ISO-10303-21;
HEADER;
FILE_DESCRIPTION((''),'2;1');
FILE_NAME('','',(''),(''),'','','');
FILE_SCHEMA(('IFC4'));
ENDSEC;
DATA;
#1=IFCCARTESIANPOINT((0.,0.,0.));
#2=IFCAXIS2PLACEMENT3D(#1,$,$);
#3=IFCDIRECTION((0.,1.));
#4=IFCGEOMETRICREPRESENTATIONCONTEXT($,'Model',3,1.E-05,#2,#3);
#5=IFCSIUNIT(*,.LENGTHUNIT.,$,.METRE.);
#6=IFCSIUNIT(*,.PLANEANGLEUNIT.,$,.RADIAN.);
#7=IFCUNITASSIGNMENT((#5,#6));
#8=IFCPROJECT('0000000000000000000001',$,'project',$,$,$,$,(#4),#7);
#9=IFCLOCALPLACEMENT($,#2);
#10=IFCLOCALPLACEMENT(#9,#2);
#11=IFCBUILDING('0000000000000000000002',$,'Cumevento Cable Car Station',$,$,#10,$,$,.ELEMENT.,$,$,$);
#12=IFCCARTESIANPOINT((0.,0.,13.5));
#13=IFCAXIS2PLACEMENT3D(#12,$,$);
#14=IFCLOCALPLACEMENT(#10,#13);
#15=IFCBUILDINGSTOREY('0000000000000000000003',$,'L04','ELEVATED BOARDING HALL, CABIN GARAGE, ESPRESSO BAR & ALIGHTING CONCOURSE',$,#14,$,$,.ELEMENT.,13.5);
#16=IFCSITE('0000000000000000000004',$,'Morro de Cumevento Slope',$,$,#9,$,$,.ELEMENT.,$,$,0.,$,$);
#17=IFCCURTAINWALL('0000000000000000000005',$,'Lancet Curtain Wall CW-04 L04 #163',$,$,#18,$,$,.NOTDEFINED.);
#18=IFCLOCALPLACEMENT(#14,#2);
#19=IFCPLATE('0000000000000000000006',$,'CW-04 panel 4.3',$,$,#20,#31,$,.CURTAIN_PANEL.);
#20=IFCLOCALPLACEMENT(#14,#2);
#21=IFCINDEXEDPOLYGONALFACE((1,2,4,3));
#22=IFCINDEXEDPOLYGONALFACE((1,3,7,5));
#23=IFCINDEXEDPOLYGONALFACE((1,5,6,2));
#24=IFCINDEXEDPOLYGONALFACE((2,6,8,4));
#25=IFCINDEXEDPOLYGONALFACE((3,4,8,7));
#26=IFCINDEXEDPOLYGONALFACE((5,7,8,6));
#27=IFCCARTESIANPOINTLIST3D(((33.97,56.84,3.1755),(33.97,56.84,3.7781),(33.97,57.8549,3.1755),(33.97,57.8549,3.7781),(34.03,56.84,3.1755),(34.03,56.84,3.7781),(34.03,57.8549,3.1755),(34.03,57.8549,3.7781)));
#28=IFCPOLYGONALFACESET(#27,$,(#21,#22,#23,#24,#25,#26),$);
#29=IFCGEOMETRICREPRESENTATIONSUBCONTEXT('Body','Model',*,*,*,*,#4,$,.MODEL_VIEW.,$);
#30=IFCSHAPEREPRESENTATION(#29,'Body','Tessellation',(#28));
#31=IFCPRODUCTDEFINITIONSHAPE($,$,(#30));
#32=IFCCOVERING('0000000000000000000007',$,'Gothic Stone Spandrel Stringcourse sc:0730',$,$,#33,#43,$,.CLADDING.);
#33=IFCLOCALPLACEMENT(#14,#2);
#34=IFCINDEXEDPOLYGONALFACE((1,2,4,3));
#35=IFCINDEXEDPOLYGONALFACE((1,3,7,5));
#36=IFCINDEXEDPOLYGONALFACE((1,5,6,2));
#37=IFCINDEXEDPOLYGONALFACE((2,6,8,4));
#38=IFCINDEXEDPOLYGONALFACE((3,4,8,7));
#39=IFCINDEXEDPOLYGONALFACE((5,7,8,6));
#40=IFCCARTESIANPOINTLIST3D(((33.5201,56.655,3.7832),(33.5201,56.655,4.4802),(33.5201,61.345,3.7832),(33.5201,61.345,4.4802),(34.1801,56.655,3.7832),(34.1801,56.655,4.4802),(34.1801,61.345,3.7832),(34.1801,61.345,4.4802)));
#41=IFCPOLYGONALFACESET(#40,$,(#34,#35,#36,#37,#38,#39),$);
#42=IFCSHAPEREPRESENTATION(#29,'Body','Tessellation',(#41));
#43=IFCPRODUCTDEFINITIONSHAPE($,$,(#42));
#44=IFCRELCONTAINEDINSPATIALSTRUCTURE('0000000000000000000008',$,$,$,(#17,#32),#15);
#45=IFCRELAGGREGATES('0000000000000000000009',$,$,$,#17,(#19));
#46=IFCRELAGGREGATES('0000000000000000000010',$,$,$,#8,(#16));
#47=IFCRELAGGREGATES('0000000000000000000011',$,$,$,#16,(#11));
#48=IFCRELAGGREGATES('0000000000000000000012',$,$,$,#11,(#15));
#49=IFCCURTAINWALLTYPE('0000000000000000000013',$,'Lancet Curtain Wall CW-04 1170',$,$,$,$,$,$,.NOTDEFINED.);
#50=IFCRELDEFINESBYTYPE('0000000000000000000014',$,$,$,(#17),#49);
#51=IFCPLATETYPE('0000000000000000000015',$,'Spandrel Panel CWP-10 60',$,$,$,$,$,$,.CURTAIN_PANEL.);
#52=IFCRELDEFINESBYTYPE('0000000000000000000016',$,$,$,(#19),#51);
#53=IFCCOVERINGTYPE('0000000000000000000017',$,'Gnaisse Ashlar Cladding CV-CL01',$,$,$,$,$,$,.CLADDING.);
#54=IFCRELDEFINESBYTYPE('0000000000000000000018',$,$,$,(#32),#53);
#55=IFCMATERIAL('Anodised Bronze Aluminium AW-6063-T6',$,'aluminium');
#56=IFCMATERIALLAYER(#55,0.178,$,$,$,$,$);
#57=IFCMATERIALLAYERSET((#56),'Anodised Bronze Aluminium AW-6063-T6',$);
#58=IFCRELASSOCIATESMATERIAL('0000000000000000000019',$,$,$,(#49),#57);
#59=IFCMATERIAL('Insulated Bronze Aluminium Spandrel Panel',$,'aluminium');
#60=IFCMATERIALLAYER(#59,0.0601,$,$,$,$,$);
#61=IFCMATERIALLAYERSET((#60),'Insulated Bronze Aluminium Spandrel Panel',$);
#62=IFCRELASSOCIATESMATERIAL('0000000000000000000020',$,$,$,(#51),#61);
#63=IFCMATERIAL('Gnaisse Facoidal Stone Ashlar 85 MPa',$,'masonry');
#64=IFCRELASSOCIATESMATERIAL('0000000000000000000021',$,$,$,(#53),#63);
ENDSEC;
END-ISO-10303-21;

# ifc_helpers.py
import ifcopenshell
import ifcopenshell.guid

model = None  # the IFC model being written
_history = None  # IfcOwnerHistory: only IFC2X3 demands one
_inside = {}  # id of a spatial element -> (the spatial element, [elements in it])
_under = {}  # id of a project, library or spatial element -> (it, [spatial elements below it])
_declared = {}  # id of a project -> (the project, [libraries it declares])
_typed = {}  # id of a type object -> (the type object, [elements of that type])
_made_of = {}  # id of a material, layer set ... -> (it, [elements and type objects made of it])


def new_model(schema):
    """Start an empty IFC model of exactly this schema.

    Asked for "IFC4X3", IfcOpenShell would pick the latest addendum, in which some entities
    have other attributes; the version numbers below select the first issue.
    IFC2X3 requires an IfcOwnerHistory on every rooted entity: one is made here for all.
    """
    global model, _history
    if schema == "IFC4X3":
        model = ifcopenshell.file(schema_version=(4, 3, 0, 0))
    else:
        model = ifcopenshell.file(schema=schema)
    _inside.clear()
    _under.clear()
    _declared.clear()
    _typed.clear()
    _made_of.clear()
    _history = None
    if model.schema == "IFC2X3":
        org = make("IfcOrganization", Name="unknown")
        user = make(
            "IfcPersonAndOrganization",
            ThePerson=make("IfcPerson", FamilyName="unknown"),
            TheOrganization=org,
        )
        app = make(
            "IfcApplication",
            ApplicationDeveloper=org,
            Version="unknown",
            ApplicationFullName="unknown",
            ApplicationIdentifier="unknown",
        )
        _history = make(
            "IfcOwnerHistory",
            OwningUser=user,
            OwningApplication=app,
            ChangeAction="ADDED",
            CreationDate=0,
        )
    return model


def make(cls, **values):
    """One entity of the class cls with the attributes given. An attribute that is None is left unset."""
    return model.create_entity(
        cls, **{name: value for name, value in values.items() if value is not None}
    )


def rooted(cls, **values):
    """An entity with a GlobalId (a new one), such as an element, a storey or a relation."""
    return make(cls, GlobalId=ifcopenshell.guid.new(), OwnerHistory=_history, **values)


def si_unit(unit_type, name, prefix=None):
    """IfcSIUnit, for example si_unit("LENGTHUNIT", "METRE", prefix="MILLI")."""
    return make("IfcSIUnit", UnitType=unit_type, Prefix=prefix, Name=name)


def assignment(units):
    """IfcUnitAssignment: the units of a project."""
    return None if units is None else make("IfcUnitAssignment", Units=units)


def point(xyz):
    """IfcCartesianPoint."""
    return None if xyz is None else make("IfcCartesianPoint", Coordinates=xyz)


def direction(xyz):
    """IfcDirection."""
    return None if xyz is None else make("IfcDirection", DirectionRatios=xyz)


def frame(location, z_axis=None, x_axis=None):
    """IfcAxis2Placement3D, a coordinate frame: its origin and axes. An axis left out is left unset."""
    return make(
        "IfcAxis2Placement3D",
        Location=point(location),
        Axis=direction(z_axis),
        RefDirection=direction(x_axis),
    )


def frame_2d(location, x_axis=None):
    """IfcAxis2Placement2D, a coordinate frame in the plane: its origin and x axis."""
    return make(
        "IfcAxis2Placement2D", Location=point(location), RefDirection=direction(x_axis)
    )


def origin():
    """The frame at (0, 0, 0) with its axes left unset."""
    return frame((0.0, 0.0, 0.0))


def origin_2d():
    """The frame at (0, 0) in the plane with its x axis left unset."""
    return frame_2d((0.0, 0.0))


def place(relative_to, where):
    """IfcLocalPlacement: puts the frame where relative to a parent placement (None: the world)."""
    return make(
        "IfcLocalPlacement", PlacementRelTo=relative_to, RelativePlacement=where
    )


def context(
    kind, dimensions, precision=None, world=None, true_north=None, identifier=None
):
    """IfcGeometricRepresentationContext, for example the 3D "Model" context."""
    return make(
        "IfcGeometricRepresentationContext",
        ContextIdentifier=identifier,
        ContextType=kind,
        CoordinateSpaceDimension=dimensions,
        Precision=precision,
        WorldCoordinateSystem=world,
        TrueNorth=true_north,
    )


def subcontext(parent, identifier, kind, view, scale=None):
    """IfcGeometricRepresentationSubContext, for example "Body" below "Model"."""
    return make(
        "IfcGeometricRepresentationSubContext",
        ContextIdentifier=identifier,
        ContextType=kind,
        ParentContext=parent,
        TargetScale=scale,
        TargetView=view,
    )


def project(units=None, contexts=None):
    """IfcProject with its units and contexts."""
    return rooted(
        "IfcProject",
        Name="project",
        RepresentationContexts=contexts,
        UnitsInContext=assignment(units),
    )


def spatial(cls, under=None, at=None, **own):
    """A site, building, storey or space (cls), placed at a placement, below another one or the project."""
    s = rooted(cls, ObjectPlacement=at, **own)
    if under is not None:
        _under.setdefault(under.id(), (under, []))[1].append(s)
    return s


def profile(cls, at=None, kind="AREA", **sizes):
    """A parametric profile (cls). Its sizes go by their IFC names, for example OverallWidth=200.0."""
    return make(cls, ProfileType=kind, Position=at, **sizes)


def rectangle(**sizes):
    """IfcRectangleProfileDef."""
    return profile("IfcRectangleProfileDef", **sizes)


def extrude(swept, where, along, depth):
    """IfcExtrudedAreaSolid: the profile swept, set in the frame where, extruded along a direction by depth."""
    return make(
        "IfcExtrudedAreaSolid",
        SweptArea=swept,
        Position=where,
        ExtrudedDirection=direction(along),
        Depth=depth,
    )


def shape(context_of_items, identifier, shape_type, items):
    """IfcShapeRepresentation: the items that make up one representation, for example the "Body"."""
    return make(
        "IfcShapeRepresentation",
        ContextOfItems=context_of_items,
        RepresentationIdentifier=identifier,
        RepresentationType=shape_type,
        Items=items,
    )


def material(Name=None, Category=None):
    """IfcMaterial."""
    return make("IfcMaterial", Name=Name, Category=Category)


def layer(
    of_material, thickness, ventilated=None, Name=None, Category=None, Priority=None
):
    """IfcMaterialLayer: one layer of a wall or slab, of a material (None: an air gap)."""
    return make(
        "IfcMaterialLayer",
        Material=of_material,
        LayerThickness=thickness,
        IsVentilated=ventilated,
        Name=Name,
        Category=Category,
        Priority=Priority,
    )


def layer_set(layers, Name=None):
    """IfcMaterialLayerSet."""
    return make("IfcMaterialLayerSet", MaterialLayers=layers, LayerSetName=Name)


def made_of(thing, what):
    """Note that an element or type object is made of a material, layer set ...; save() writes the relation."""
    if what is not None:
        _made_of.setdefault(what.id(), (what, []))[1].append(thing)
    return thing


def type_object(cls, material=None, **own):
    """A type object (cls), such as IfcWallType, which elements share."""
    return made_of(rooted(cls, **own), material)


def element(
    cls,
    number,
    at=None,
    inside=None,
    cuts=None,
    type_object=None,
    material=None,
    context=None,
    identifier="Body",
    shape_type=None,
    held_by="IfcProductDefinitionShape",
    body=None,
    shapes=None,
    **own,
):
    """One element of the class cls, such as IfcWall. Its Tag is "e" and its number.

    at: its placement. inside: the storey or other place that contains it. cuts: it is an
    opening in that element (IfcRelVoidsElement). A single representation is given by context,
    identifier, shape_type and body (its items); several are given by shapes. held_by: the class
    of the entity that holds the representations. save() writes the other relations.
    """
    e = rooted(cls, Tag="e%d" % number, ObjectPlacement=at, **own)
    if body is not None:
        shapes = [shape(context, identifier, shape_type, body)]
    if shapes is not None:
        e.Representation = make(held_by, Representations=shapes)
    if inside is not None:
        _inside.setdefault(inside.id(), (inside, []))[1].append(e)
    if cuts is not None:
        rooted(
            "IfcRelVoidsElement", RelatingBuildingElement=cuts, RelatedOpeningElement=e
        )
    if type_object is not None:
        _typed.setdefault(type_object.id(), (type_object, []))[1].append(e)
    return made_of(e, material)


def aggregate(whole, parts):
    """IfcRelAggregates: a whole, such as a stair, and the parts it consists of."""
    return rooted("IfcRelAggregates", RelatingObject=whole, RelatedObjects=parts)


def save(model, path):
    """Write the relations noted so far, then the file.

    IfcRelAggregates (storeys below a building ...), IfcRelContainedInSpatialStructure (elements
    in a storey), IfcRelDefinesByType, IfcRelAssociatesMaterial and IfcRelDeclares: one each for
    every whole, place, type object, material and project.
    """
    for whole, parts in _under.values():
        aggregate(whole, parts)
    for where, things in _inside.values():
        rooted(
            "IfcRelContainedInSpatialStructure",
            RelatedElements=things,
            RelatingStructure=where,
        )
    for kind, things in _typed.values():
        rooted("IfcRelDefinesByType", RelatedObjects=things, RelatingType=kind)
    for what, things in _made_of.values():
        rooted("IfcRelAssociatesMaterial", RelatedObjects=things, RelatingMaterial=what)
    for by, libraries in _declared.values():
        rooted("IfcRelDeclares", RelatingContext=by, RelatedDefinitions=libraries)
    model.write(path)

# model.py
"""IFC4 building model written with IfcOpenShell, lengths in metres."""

from ifc_helpers import new_model, si_unit, direction, frame, origin, origin_2d, place, context, subcontext, project, spatial, rectangle, extrude, material, layer, layer_set, type_object, element, aggregate, save


model = new_model("IFC4")

# Units and contexts
model_context = context("Model", 3, precision=1e-05, world=origin(), true_north=direction((0.0, 1.0)))
body_context = subcontext(model_context, "Body", "Model", "MODEL_VIEW")
ifc_project = project(units=[si_unit("LENGTHUNIT", "METRE"), si_unit("PLANEANGLEUNIT", "RADIAN")], contexts=[model_context])

# Site, building, storey
site_placement = place(None, origin())
site = spatial("IfcSite", under=ifc_project, at=site_placement, Name="Morro de Cumevento Slope", CompositionType="ELEMENT", RefElevation=0.0)
building_placement = place(site_placement, origin())
building = spatial("IfcBuilding", under=site, at=building_placement, Name="Cumevento Cable Car Station", CompositionType="ELEMENT")
storey_placement = place(building_placement, frame((0.0, 0.0, 13.5)))
storey = spatial("IfcBuildingStorey", under=building, at=storey_placement, Name="L04", Description="ELEVATED BOARDING HALL, CABIN GARAGE, ESPRESSO BAR & ALIGHTING CONCOURSE", CompositionType="ELEMENT", Elevation=13.5)

# Curtain wall
ifc_material_1 = material(Name="Anodised Bronze Aluminium AW-6063-T6", Category="aluminium")
ifc_layer_1 = layer(ifc_material_1, 0.178)
ifc_layer_set_1 = layer_set([ifc_layer_1], Name="Anodised Bronze Aluminium AW-6063-T6")
curtain_wall_type = type_object("IfcCurtainWallType", Name="Lancet Curtain Wall CW-04 1170", PredefinedType="NOTDEFINED", material=ifc_layer_set_1)
curtain_wall_placement = place(storey_placement, origin())
curtain_wall = element("IfcCurtainWall", 1, at=curtain_wall_placement, inside=storey, type_object=curtain_wall_type, Name="Lancet Curtain Wall CW-04 L04 #163", PredefinedType="NOTDEFINED")

# Plate
ifc_material_2 = material(Name="Insulated Bronze Aluminium Spandrel Panel", Category="aluminium")
ifc_layer_2 = layer(ifc_material_2, 0.0601)
ifc_layer_set_2 = layer_set([ifc_layer_2], Name="Insulated Bronze Aluminium Spandrel Panel")
plate_type = type_object("IfcPlateType", Name="Spandrel Panel CWP-10 60", PredefinedType="CURTAIN_PANEL", material=ifc_layer_set_2)
plate_1_placement = place(storey_placement, frame((34.0, 57.3474, 3.1755), z_axis=(0.0, 0.0, 1.0), x_axis=(0.0, -1.0, 0.0)))
plate_1 = element("IfcPlate", 2, at=plate_1_placement, type_object=plate_type, Name="CW-04 panel 4.3", PredefinedType="CURTAIN_PANEL", context=body_context, shape_type="SweptSolid", body=[
    extrude(rectangle(XDim=1.0149, YDim=0.0601, at=origin_2d()), origin(), (0.0, 0.0, 1.0), 0.6025),
])
aggregate(curtain_wall, [plate_1])

# Covering
ifc_material_3 = material(Name="Gnaisse Facoidal Stone Ashlar 85 MPa", Category="masonry")
covering_type = type_object("IfcCoveringType", Name="Gnaisse Ashlar Cladding CV-CL01", PredefinedType="CLADDING", material=ifc_material_3)
covering_1_placement = place(storey_placement, frame((33.8501, 59.0, 3.7832), z_axis=(0.0, 0.0, 1.0), x_axis=(0.0, -1.0, 0.0)))
element("IfcCovering", 3, at=covering_1_placement, inside=storey, type_object=covering_type, Name="Gothic Stone Spandrel Stringcourse sc:0730", PredefinedType="CLADDING", context=body_context, shape_type="SweptSolid", body=[
    extrude(rectangle(XDim=4.6899, YDim=0.6599, at=origin_2d()), origin(), (0.0, 0.0, 1.0), 0.697),
])

save(model, "model.ifc")
